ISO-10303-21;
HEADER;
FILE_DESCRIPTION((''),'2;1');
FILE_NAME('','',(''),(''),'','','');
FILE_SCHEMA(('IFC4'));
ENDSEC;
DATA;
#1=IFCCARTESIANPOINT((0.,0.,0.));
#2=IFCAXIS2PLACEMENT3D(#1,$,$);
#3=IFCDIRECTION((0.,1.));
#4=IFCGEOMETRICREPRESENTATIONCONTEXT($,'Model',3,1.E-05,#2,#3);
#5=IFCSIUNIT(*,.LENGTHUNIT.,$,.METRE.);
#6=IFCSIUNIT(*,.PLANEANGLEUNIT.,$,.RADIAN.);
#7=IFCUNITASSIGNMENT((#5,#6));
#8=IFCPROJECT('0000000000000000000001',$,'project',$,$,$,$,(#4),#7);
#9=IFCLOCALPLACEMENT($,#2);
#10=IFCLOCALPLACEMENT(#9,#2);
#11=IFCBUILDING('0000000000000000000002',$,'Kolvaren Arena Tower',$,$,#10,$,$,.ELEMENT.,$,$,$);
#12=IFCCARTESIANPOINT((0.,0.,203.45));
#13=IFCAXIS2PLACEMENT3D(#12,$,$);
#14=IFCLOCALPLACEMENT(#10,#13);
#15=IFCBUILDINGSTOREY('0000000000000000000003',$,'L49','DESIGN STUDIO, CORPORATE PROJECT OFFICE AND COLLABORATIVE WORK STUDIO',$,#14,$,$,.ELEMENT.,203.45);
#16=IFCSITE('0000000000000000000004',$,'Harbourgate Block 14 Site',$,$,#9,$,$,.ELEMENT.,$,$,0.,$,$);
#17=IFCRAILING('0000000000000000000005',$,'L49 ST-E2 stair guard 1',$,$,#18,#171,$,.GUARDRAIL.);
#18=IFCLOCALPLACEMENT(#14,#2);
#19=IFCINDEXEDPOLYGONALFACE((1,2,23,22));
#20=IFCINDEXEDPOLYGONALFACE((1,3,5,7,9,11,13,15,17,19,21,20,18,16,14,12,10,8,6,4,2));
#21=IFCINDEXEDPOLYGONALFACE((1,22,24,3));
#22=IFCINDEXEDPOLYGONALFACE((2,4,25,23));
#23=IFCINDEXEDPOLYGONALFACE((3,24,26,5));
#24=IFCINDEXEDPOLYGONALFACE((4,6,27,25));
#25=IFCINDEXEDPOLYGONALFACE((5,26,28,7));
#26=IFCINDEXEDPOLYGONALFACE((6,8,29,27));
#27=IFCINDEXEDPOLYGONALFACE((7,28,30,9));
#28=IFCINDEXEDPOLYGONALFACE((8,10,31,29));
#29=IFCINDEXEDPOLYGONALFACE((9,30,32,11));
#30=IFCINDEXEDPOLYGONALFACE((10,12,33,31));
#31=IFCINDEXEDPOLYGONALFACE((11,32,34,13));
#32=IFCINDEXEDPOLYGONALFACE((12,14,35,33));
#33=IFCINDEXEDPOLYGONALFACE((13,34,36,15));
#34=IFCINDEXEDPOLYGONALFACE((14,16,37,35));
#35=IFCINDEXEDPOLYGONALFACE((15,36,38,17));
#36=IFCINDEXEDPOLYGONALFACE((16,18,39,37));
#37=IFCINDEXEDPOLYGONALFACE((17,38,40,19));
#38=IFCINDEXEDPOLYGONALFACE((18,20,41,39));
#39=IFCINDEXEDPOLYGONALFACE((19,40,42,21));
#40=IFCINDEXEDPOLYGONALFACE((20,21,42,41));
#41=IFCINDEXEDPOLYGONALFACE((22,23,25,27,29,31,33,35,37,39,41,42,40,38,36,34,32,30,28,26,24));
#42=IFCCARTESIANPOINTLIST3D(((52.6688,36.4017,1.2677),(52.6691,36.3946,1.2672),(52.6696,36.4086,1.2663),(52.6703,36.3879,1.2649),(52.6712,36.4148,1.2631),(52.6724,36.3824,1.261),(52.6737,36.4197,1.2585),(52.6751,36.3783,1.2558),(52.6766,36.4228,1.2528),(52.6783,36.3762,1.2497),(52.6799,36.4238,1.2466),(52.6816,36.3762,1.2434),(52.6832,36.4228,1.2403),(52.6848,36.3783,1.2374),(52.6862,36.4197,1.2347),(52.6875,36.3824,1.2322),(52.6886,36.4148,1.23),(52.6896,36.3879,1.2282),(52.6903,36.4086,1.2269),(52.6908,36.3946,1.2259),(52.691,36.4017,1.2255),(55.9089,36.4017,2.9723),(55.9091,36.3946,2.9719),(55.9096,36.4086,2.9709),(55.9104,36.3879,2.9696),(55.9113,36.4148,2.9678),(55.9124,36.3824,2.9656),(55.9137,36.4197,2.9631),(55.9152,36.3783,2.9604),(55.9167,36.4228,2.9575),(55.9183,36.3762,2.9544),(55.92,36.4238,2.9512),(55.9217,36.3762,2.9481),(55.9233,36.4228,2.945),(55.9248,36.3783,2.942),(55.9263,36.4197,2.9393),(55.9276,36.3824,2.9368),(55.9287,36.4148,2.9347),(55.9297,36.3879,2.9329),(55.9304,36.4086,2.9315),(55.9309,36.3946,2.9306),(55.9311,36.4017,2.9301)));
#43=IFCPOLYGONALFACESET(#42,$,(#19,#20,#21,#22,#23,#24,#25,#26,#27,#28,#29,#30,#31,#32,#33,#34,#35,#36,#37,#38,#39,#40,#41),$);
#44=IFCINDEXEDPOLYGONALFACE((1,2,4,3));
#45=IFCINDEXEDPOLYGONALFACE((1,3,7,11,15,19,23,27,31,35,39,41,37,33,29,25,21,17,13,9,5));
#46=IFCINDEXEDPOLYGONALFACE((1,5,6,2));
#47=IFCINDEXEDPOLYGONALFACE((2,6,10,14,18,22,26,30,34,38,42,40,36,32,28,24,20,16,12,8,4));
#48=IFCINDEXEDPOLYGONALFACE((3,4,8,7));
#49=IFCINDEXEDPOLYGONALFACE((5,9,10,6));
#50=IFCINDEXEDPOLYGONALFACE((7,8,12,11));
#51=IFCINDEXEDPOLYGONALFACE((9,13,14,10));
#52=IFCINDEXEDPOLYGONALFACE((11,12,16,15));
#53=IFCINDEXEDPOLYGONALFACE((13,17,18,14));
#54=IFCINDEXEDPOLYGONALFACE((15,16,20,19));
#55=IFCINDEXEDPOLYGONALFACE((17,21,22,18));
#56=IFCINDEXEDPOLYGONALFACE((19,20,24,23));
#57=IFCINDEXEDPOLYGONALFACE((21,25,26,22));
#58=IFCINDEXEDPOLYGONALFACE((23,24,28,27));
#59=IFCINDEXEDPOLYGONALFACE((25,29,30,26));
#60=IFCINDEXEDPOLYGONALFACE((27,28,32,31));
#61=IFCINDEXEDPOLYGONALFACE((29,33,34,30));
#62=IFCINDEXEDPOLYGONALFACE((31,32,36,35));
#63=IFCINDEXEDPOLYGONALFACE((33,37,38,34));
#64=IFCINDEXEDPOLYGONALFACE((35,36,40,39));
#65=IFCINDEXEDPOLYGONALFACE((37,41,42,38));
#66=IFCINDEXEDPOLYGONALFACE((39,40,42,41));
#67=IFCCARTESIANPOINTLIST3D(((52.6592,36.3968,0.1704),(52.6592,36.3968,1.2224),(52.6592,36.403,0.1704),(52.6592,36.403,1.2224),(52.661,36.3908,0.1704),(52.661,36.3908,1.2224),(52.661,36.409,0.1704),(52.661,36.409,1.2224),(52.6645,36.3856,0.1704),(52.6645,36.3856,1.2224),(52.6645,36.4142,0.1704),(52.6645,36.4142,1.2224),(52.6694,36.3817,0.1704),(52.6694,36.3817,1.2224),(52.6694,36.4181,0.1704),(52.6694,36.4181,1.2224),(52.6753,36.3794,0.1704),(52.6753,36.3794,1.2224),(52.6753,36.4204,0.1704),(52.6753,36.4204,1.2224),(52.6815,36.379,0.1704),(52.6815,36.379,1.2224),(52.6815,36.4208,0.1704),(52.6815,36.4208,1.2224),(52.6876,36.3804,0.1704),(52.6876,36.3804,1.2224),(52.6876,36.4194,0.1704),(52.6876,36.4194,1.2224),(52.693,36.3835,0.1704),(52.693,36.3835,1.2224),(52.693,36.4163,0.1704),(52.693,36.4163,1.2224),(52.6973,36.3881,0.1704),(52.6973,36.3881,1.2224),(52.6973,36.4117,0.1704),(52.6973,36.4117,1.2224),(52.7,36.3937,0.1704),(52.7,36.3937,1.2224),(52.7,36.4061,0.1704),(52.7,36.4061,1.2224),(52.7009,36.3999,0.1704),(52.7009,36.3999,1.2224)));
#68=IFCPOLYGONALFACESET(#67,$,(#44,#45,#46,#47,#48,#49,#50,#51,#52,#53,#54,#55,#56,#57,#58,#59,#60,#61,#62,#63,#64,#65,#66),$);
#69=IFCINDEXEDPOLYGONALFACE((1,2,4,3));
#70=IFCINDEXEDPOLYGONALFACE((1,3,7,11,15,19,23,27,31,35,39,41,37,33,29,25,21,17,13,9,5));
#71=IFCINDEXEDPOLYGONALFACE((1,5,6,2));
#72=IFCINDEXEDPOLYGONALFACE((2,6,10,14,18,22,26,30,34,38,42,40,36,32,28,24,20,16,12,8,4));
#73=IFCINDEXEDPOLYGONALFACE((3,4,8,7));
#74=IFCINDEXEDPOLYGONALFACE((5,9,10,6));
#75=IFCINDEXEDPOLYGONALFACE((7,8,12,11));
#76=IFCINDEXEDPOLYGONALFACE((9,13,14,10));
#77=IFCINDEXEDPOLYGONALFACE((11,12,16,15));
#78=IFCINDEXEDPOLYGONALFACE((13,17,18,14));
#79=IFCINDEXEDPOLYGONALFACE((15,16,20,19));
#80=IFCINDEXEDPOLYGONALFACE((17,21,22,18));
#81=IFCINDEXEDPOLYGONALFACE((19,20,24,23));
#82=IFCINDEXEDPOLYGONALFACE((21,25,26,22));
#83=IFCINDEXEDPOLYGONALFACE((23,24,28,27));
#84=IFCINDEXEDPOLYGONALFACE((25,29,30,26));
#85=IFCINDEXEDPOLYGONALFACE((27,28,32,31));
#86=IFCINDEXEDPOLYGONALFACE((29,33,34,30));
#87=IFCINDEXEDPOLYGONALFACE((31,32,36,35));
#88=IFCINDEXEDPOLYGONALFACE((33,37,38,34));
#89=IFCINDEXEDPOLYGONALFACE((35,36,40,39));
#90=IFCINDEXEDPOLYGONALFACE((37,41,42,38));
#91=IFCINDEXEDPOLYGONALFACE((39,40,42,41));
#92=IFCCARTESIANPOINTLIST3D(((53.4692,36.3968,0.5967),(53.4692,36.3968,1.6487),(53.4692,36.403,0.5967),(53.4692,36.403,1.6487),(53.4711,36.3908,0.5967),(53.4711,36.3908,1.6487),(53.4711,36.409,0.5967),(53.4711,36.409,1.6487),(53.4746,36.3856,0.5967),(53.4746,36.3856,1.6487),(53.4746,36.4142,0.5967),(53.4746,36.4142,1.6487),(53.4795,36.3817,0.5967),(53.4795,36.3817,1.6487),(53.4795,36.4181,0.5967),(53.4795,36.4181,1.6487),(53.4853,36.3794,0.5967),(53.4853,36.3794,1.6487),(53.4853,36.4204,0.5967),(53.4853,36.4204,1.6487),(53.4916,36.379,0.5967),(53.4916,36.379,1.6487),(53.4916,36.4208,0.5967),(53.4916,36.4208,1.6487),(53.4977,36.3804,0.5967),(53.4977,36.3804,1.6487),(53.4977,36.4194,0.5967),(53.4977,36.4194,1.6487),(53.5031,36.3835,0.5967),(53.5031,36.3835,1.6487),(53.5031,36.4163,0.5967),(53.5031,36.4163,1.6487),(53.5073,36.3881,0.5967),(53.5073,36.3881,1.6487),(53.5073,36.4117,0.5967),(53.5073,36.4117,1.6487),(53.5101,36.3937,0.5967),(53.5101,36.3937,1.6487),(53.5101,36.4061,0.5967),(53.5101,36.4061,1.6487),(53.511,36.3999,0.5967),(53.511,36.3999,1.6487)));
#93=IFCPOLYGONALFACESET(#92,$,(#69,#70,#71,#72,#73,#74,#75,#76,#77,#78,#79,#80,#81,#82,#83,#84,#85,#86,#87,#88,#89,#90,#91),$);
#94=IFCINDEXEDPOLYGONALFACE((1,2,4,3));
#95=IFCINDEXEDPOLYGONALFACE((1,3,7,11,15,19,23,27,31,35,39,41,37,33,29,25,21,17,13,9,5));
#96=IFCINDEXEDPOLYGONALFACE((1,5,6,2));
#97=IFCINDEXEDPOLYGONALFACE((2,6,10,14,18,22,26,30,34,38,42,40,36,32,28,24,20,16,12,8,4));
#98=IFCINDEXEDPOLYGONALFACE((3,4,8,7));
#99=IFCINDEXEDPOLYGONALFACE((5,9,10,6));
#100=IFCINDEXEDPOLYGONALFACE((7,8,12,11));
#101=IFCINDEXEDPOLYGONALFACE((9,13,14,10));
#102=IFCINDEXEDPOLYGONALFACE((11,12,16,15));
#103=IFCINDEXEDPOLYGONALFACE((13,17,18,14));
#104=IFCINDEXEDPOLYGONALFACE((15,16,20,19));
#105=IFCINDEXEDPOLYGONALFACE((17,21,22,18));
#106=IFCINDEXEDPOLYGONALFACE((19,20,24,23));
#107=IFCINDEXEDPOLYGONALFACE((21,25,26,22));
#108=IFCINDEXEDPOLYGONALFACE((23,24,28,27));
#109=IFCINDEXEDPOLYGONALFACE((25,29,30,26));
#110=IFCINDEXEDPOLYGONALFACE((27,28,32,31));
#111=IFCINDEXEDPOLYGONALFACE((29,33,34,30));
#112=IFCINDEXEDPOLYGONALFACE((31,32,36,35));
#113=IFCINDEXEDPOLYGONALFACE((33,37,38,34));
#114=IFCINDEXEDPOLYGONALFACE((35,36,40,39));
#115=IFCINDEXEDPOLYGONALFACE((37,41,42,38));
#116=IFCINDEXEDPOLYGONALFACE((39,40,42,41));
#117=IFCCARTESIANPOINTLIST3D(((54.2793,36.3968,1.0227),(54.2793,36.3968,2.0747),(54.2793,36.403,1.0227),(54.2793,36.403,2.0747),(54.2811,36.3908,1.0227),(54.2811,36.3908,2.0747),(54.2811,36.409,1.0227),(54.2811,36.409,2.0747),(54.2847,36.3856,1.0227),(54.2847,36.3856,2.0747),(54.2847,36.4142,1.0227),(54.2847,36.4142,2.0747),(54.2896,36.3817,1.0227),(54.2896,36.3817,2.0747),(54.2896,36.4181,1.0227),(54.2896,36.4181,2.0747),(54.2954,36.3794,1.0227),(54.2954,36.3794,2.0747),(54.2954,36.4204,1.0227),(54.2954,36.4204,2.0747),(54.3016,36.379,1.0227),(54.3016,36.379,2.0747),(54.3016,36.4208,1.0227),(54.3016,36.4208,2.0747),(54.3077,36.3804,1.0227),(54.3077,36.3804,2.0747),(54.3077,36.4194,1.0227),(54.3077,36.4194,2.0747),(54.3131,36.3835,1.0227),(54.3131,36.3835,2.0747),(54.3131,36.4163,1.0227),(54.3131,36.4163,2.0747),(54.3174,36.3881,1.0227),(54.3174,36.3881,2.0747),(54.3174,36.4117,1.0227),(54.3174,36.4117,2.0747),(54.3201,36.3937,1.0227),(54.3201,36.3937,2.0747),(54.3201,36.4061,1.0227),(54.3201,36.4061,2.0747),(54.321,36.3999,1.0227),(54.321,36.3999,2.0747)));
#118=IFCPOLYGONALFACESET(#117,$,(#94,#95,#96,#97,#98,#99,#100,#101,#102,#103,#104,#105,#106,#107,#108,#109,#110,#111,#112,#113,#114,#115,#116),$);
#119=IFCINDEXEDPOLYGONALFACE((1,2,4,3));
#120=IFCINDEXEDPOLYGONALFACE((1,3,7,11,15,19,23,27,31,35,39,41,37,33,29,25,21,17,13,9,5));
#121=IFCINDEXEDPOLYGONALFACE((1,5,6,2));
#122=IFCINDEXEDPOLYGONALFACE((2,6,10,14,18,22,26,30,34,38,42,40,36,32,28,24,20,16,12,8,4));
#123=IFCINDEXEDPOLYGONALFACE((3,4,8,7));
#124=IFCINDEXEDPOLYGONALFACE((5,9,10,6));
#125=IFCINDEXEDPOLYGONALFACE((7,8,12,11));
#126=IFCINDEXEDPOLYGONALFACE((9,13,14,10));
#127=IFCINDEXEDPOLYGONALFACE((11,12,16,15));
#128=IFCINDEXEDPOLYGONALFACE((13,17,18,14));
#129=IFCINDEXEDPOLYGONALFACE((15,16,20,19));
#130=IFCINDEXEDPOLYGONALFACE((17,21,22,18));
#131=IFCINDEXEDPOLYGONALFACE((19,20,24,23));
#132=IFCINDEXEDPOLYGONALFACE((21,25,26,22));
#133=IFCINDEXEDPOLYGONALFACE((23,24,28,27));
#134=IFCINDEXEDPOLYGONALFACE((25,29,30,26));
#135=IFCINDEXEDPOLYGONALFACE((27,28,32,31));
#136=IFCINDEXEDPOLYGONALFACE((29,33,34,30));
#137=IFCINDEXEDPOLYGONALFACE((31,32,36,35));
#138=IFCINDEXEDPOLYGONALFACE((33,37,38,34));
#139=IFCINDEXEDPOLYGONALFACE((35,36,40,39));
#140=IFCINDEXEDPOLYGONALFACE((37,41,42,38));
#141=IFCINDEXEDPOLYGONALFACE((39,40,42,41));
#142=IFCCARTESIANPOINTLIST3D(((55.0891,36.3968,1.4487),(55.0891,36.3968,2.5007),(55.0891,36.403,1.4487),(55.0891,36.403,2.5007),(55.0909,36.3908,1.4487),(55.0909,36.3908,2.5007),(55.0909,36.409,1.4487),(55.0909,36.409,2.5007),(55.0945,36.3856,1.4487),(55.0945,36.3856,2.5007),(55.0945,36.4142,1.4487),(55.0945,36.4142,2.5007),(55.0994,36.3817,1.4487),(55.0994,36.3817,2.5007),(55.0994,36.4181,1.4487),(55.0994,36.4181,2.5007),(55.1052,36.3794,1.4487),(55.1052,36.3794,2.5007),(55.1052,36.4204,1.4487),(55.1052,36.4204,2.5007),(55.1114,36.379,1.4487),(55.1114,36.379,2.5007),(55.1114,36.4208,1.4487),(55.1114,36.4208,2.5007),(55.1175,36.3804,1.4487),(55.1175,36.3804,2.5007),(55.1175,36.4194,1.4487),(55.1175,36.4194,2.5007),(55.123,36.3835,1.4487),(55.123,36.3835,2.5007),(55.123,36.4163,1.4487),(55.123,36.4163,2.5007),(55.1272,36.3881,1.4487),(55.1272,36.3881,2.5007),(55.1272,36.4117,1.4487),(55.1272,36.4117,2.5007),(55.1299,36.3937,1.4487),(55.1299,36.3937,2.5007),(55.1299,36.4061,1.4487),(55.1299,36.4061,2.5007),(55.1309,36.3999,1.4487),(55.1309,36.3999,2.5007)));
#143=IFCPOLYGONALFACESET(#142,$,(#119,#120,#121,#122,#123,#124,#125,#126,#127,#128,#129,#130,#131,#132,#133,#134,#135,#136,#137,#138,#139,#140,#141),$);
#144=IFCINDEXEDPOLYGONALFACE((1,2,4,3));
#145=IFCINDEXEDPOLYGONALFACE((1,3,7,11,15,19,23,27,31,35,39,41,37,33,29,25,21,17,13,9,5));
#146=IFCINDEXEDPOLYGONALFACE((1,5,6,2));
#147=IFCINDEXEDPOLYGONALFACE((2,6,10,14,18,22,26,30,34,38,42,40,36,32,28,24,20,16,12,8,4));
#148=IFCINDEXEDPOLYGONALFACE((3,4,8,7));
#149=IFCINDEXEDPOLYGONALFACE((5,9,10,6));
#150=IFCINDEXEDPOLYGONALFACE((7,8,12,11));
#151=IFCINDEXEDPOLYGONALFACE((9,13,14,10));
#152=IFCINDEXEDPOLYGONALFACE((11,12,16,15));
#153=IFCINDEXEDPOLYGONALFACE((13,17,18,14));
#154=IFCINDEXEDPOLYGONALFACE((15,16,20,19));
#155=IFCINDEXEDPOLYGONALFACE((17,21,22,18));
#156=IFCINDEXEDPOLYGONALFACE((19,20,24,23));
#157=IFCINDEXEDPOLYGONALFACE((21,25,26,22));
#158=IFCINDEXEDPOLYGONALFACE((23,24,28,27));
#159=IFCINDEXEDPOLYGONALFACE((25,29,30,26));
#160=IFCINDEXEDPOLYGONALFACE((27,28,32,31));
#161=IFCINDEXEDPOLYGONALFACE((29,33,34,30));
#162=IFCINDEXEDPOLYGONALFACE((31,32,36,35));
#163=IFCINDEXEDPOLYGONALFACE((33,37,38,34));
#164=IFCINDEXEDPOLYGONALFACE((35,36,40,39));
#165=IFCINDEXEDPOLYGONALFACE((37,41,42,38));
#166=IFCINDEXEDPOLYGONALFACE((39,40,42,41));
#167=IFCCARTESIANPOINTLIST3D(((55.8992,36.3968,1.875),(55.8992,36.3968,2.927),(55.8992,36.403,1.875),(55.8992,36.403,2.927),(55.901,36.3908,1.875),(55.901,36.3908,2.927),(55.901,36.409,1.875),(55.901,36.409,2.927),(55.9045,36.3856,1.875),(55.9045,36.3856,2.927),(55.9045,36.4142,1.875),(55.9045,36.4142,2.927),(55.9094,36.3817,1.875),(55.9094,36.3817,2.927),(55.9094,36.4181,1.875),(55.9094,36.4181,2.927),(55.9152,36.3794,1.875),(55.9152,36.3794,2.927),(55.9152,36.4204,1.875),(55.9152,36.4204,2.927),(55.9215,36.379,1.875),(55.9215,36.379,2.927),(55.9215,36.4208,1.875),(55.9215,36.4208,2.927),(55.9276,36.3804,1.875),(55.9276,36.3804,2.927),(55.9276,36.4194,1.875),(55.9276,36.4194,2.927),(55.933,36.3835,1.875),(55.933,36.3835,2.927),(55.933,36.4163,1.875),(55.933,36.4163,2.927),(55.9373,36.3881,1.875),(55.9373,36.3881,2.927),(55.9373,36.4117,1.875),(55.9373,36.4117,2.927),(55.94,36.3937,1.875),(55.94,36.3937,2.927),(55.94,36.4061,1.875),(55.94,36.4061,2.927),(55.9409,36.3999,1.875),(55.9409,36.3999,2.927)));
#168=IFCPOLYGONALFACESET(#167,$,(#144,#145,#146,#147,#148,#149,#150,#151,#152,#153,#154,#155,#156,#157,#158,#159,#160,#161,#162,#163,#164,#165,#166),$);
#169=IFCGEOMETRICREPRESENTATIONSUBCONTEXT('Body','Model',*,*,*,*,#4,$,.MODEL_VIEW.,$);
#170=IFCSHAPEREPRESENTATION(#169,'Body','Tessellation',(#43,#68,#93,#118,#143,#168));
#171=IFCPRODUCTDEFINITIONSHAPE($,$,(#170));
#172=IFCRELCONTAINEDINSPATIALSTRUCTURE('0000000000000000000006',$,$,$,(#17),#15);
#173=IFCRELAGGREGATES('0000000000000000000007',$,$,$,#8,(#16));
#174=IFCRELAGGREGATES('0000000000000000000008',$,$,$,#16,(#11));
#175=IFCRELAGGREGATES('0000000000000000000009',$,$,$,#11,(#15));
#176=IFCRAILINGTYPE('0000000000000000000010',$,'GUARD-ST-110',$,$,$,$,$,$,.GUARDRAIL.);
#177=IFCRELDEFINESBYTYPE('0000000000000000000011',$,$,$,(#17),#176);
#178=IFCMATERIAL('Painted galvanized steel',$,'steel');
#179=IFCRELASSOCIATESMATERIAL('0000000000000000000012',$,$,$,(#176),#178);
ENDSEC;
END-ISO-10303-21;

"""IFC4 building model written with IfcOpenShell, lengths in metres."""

from ifc_helpers import new_model, si_unit, direction, frame, origin, origin_2d, place, context, subcontext, project, spatial, circle, extrude, material, type_object, element, save


model = new_model("IFC4")

# Units and contexts
model_context = context("Model", 3, precision=1e-05, world=origin(), true_north=direction((0.0, 1.0)))
body_context = subcontext(model_context, "Body", "Model", "MODEL_VIEW")
ifc_project = project(units=[si_unit("LENGTHUNIT", "METRE"), si_unit("PLANEANGLEUNIT", "RADIAN")], contexts=[model_context])

# Site, building, storey
site_placement = place(None, origin())
site = spatial("IfcSite", under=ifc_project, at=site_placement, Name="Harbourgate Block 14 Site", CompositionType="ELEMENT", RefElevation=0.0)
building_placement = place(site_placement, origin())
building = spatial("IfcBuilding", under=site, at=building_placement, Name="Kolvaren Arena Tower", CompositionType="ELEMENT")
storey_placement = place(building_placement, frame((0.0, 0.0, 203.45)))
storey = spatial("IfcBuildingStorey", under=building, at=storey_placement, Name="L49", Description="DESIGN STUDIO, CORPORATE PROJECT OFFICE AND COLLABORATIVE WORK STUDIO", CompositionType="ELEMENT", Elevation=203.45)

# Railing
ifc_material_1 = material(Name="Painted galvanized steel", Category="steel")
railing_type_1 = type_object("IfcRailingType", Name="GUARD-ST-110", PredefinedType="GUARDRAIL", material=ifc_material_1)
railing_1_placement = place(storey_placement, frame((52.6799, 36.3999, 0.1704)))
element("IfcRailing", 1, at=railing_1_placement, inside=storey, type_object=railing_type_1, Name="L49 ST-E2 stair guard 1", PredefinedType="GUARDRAIL", context=body_context, shape_type="SweptSolid", body=[
    extrude(circle(Radius=0.0239, at=origin_2d()), frame((0.0, 0.0, 1.0762), z_axis=(0.884993, 0.0, 0.465604), x_axis=(0.0, 1.0, 0.0)), (0.0, 0.0, 1.0), 3.6611),
    extrude(circle(Radius=0.021, at=origin_2d()), origin(), (0.0, 0.0, 1.0), 1.052),
    extrude(circle(Radius=0.021, at=origin_2d()), frame((0.8101, 0.0, 0.4263)), (0.0, 0.0, 1.0), 1.052),
    extrude(circle(Radius=0.021, at=origin_2d()), frame((1.6201, 0.0, 0.8523)), (0.0, 0.0, 1.0), 1.052),
    extrude(circle(Radius=0.021, at=origin_2d()), frame((2.4299, 0.0, 1.2783)), (0.0, 0.0, 1.0), 1.052),
    extrude(circle(Radius=0.021, at=origin_2d()), frame((3.24, 0.0, 1.7046)), (0.0, 0.0, 1.0), 1.052),
])

save(model, "model.ifc")
